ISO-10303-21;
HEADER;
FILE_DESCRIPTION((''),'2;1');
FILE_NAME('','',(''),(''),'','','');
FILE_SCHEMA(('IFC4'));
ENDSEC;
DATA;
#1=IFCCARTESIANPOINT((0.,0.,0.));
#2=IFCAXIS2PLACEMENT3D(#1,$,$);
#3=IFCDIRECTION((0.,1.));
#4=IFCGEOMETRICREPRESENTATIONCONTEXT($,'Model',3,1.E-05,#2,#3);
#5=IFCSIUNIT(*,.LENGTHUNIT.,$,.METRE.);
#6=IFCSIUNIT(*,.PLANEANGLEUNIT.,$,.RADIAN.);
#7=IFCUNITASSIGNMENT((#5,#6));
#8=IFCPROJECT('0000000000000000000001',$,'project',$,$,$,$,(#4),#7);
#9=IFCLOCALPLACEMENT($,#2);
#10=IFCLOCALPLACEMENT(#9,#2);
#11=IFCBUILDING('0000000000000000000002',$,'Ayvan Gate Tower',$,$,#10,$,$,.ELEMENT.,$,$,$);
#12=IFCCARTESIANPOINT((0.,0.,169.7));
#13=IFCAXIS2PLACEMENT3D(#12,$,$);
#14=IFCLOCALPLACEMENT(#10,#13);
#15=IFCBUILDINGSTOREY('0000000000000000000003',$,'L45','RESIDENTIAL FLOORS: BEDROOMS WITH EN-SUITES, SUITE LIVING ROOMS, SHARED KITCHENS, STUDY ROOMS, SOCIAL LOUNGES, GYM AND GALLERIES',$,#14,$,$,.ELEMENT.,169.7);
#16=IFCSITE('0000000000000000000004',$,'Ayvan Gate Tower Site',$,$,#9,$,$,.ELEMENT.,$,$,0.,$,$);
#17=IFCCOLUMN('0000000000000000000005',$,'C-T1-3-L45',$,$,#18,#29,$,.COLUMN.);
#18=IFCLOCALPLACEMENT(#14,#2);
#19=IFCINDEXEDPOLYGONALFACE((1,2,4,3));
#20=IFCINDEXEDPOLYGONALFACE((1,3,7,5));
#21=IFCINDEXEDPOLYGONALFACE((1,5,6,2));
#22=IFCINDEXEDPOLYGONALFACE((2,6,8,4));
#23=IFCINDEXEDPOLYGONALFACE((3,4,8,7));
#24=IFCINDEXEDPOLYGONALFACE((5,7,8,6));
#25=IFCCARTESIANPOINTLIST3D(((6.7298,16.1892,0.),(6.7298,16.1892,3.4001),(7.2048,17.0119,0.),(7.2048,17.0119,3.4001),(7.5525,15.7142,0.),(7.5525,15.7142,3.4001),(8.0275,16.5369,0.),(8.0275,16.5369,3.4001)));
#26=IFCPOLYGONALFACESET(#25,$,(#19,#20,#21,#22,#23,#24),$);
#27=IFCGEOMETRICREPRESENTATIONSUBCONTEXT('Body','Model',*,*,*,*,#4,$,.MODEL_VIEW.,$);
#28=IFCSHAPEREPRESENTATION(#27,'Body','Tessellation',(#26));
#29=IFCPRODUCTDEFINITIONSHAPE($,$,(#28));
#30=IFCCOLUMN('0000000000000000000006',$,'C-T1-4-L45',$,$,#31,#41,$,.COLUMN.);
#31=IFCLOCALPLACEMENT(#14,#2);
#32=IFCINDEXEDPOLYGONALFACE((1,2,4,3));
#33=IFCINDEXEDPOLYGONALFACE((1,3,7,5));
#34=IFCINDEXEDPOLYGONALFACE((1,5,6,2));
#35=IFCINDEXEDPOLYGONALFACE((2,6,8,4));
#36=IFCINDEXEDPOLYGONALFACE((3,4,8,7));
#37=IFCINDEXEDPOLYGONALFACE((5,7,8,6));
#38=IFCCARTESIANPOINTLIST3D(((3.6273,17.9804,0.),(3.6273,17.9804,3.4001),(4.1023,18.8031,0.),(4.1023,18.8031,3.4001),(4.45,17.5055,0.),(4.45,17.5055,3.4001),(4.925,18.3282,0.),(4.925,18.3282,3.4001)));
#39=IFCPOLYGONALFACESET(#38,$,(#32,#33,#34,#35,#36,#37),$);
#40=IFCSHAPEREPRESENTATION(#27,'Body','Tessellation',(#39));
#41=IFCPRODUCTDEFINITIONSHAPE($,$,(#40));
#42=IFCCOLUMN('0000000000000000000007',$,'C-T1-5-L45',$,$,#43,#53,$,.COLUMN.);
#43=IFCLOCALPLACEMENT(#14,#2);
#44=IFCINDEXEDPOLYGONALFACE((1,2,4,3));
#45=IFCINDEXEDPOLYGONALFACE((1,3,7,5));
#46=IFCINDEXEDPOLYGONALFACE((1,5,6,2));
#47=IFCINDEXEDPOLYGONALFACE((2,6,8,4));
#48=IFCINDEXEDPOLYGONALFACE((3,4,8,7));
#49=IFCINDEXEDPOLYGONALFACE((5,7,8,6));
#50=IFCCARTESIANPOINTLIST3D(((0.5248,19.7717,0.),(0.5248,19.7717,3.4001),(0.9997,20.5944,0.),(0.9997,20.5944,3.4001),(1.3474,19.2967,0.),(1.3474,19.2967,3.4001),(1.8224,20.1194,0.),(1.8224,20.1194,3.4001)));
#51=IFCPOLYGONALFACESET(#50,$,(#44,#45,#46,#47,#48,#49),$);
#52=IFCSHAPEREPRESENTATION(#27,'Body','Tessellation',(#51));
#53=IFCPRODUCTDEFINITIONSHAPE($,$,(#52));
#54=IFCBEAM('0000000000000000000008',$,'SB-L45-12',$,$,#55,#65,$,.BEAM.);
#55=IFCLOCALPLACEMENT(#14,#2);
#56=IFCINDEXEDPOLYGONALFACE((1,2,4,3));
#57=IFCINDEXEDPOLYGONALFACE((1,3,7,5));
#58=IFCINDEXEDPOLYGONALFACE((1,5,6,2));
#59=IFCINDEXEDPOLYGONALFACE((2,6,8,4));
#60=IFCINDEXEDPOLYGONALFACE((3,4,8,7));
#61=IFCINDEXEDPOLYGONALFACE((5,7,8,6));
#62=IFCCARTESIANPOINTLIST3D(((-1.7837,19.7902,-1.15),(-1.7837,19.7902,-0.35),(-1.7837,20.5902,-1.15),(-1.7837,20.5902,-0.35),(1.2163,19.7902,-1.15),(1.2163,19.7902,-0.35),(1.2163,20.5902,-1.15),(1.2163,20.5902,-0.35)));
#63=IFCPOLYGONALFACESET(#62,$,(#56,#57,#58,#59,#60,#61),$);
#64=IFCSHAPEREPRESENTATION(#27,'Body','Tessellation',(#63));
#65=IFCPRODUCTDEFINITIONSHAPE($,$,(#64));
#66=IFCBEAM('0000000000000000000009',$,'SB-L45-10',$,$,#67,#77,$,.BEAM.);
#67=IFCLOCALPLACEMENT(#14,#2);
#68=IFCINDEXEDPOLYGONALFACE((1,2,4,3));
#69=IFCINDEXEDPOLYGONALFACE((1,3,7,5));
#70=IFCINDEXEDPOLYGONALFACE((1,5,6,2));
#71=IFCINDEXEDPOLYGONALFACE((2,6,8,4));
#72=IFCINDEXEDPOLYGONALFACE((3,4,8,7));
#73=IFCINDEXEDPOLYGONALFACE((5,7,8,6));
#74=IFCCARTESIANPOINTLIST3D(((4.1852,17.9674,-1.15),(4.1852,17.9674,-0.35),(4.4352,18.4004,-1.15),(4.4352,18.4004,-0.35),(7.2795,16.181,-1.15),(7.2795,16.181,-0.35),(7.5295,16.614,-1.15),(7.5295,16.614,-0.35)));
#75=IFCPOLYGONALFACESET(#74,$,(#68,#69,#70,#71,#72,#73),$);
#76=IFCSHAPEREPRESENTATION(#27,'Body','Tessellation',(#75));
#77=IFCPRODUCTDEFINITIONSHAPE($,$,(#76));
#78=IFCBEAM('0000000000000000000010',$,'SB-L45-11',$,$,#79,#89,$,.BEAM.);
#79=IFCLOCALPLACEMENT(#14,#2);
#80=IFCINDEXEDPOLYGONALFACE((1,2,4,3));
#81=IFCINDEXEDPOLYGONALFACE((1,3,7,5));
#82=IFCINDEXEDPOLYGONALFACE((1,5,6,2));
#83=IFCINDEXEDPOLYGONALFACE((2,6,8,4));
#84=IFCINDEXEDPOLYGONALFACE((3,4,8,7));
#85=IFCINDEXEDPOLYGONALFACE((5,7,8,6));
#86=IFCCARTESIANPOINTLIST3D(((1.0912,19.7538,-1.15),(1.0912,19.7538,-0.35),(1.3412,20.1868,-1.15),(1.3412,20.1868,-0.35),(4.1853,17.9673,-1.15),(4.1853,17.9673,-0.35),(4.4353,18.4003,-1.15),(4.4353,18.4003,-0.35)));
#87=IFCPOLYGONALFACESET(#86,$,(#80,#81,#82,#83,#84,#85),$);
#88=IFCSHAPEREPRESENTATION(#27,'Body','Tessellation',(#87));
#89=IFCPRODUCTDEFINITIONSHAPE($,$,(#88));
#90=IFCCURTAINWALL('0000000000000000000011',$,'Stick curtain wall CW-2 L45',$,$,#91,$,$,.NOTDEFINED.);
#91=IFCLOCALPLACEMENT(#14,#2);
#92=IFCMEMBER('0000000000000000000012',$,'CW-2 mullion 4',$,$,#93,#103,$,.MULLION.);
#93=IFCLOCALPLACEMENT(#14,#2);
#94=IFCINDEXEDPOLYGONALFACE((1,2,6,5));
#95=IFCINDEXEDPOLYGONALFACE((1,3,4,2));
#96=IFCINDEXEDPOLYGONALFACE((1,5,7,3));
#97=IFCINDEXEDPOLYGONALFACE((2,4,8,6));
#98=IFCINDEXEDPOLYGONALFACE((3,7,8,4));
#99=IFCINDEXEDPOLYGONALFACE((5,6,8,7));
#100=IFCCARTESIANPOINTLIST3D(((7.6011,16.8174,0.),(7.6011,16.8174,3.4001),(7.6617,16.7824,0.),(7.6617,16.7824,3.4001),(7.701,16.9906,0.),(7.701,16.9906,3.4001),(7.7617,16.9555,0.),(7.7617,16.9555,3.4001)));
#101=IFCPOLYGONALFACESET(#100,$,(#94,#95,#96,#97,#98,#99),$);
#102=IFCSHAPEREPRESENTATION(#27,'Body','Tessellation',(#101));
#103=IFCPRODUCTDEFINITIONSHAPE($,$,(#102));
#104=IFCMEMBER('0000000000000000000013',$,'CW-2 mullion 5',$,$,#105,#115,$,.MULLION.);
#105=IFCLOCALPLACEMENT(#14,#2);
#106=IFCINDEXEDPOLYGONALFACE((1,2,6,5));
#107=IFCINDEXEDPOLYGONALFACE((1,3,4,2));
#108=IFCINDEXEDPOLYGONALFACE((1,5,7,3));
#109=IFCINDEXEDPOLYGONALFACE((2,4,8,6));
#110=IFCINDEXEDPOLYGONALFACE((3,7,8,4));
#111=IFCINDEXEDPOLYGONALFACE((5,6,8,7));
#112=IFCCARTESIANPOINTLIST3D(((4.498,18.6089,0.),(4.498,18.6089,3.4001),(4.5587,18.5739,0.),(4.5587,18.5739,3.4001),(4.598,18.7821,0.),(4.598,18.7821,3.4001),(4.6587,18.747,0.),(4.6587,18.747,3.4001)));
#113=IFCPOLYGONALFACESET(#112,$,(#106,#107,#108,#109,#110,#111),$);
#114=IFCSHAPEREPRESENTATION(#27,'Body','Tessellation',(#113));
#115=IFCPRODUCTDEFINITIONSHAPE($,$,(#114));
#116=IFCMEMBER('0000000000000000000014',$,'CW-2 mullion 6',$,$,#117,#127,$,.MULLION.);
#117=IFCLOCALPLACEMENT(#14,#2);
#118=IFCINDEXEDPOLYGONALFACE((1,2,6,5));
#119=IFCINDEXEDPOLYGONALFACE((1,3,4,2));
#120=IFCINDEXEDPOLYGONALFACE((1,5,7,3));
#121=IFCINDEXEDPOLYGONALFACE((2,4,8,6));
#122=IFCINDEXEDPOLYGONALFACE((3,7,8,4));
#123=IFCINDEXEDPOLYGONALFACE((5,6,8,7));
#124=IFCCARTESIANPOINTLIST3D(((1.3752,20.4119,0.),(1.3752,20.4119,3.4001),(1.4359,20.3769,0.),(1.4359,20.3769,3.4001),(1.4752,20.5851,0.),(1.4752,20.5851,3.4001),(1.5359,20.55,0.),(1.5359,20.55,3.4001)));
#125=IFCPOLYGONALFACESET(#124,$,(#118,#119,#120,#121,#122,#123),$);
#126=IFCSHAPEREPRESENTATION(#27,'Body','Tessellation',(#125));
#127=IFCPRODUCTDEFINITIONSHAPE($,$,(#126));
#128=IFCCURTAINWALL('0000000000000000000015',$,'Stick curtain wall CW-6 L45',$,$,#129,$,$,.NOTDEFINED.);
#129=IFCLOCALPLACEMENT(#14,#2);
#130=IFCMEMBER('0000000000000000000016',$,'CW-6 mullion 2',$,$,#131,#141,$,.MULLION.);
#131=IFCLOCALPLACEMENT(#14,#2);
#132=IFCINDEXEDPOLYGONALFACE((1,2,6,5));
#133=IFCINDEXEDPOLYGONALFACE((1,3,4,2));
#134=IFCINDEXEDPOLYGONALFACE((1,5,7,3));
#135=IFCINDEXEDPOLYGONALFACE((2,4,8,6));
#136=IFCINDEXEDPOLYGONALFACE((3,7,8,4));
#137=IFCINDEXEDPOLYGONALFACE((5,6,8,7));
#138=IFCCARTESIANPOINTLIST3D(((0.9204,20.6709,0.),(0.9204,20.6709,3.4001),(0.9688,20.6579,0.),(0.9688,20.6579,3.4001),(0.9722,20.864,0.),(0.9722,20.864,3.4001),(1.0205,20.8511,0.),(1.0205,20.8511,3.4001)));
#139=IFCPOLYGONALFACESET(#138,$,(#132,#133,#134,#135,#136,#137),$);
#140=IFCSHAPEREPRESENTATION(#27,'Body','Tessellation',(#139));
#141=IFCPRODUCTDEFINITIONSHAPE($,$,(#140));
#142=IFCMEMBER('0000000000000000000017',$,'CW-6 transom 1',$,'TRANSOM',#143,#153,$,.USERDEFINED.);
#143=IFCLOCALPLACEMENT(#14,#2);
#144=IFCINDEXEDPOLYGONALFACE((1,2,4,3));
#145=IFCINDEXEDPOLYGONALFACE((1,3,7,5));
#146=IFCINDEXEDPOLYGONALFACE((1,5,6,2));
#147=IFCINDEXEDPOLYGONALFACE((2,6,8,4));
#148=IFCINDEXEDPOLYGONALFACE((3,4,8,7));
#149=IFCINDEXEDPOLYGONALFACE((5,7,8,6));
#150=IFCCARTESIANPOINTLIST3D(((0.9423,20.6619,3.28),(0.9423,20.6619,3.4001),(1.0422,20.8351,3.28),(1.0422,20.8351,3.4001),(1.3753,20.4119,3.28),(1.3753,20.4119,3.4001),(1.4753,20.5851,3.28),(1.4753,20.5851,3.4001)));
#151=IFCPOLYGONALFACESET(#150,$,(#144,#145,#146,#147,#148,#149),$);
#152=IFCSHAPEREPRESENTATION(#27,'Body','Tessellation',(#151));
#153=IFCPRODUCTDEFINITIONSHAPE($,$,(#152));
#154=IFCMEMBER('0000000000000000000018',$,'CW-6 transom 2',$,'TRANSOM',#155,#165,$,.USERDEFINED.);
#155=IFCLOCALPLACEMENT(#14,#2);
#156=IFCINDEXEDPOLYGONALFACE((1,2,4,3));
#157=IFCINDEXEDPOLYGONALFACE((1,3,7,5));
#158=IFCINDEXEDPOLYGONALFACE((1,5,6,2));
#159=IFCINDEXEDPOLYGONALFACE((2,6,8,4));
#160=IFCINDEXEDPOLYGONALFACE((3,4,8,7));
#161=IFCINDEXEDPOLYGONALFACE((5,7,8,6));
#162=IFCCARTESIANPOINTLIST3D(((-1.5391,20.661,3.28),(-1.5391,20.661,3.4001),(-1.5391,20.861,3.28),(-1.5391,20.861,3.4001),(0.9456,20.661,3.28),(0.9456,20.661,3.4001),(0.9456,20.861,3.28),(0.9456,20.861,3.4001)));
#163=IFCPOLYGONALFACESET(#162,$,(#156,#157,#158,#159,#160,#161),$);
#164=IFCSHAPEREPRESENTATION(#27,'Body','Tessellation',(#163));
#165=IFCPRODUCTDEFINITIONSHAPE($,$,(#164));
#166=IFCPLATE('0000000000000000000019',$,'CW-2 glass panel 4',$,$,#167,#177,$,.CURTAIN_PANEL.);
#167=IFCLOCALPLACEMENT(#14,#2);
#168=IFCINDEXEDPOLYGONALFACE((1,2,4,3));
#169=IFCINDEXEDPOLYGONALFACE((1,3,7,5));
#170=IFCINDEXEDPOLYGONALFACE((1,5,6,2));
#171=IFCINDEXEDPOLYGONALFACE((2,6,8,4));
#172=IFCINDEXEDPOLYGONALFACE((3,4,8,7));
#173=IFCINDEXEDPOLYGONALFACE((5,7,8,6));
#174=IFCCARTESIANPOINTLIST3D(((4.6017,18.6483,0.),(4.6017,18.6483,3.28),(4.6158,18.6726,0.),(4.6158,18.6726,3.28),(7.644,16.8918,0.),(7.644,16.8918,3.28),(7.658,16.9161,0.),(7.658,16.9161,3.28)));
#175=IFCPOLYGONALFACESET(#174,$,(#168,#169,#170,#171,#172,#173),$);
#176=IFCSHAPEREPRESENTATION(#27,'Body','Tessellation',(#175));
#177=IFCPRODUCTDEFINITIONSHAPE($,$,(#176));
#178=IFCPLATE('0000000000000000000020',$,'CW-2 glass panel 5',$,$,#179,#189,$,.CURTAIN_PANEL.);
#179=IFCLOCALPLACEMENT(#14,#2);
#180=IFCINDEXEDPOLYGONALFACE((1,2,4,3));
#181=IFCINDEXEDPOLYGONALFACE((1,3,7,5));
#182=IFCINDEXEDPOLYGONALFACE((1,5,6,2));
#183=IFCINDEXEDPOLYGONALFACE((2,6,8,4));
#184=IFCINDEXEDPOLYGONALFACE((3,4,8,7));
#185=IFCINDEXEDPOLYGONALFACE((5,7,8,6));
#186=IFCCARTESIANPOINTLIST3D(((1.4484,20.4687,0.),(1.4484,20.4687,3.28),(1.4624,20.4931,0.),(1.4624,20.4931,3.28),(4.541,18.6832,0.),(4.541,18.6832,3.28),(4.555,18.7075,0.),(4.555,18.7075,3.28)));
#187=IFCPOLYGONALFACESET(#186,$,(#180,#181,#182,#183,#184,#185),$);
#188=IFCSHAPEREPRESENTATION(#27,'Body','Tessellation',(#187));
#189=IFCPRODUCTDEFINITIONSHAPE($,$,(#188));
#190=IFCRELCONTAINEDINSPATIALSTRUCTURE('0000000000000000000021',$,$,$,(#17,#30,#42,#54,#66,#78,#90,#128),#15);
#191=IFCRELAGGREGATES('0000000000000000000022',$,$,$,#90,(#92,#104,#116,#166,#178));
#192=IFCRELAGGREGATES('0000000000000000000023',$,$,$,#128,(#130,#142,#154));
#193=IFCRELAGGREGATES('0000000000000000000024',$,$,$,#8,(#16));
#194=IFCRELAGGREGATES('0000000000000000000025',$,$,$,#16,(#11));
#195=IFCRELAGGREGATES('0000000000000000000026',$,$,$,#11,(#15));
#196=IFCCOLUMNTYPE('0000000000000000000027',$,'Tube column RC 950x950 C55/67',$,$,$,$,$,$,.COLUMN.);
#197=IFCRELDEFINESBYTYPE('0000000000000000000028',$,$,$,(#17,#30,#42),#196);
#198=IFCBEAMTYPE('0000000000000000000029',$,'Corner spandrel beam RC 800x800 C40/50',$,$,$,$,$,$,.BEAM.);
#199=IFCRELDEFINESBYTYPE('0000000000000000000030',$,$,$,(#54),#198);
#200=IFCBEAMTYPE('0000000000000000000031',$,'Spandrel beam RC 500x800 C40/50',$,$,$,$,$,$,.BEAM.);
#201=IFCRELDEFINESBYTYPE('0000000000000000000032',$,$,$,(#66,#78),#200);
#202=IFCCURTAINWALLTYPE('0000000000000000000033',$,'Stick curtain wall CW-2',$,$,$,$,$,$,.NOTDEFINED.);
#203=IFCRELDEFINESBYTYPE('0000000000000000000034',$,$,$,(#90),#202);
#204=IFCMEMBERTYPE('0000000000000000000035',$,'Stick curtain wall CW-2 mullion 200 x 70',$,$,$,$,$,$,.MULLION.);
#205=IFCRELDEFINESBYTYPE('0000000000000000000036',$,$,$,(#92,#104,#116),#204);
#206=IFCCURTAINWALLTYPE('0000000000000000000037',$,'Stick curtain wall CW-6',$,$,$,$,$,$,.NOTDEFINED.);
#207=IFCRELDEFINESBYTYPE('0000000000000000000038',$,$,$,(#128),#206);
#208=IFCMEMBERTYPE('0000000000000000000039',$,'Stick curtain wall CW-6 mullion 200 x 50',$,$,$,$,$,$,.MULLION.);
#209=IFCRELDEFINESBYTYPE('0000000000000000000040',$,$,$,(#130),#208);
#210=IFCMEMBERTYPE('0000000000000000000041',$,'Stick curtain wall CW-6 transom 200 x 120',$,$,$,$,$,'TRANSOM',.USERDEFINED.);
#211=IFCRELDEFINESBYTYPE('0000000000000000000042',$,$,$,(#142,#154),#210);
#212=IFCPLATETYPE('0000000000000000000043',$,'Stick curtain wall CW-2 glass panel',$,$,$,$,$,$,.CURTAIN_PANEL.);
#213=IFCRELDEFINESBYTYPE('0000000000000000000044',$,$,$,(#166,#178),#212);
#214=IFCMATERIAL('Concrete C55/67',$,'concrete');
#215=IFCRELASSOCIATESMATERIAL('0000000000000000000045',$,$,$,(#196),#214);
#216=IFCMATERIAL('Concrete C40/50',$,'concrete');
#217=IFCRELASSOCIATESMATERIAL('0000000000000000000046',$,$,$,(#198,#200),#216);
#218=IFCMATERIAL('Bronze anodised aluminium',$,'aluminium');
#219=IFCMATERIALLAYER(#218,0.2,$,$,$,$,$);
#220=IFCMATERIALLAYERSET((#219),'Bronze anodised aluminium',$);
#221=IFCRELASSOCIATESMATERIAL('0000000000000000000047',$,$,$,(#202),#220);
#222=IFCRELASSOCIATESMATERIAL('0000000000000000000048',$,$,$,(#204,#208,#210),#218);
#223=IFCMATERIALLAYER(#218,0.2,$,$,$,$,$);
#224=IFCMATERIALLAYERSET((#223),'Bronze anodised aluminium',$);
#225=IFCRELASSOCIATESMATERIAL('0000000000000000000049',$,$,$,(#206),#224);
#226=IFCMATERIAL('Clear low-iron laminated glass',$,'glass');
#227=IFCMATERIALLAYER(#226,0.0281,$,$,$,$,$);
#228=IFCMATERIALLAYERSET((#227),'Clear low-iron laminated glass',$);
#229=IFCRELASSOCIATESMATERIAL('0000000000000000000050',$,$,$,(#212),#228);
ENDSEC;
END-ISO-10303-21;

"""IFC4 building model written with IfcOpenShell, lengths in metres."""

from ifc_helpers import new_model, si_unit, direction, frame, origin, origin_2d, place, context, subcontext, project, spatial, rectangle, extrude, material, layer, layer_set, material_profile, profile_set, type_object, element, aggregate, save


model = new_model("IFC4")

# Units and contexts
model_context = context("Model", 3, precision=1e-05, world=origin(), true_north=direction((0.0, 1.0)))
body_context = subcontext(model_context, "Body", "Model", "MODEL_VIEW")
ifc_project = project(units=[si_unit("LENGTHUNIT", "METRE"), si_unit("PLANEANGLEUNIT", "RADIAN")], contexts=[model_context])

# Site, building, storey
site_placement = place(None, origin())
site = spatial("IfcSite", under=ifc_project, at=site_placement, Name="Ayvan Gate Tower Site", CompositionType="ELEMENT", RefElevation=0.0)
building_placement = place(site_placement, origin())
building = spatial("IfcBuilding", under=site, at=building_placement, Name="Ayvan Gate Tower", CompositionType="ELEMENT")
storey_placement = place(building_placement, frame((0.0, 0.0, 169.7)))
storey = spatial("IfcBuildingStorey", under=building, at=storey_placement, Name="L45", Description="RESIDENTIAL FLOORS: BEDROOMS WITH EN-SUITES, SUITE LIVING ROOMS, SHARED KITCHENS, STUDY ROOMS, SOCIAL LOUNGES, GYM AND GALLERIES", CompositionType="ELEMENT", Elevation=169.7)

# Columns
ifc_material_1 = material(Name="Concrete C55/67", Category="concrete")
ifc_material_profile_1 = material_profile(ifc_material_1, rectangle(XDim=0.95, YDim=0.95, at=origin_2d()), Name="RC 950x950")
ifc_profile_set_1 = profile_set([ifc_material_profile_1], Name="Concrete C55/67")
column_type = type_object("IfcColumnType", Name="Tube column RC 950x950 C55/67", PredefinedType="COLUMN", material=ifc_profile_set_1)
for number, where, z_axis, x_axis, name in (
    (1, (7.3787, 16.363, 0.0), (0.0, 0.0, 1.0), (0.5, 0.866025, 0.0), "C-T1-3-L45"),
    (2, (4.2761, 18.1543, 0.0), (0.0, 0.0, 1.0), (0.5, 0.866025, 0.0), "C-T1-4-L45"),
    (3, (1.1736, 19.9456, 0.0), (0.0, 0.0, 1.0), (0.5, 0.866025, 0.0), "C-T1-5-L45"),
):
    element("IfcColumn", number, at=place(storey_placement, frame(where, z_axis=z_axis, x_axis=x_axis)), inside=storey, type_object=column_type, Name=name, PredefinedType="COLUMN", context=body_context, shape_type="SweptSolid", body=[
        extrude(rectangle(XDim=0.95, YDim=0.95, at=origin_2d()), origin(), (0.0, 0.0, 1.0), 3.4001),
    ])

# Beams
ifc_material_2 = material(Name="Concrete C40/50", Category="concrete")
ifc_material_profile_2 = material_profile(ifc_material_2, rectangle(XDim=0.8, YDim=0.8, at=origin_2d()), Name="RC 800x800")
ifc_profile_set_2 = profile_set([ifc_material_profile_2], Name="Concrete C40/50")
beam_type_1 = type_object("IfcBeamType", Name="Corner spandrel beam RC 800x800 C40/50", PredefinedType="BEAM", material=ifc_profile_set_2)
beam_1_placement = place(storey_placement, frame((1.2163, 20.1902, -0.75), z_axis=(-1.0, 0.0, 0.0), x_axis=(0.0, -1.0, 0.0)))
element("IfcBeam", 4, at=beam_1_placement, inside=storey, type_object=beam_type_1, Name="SB-L45-12", PredefinedType="BEAM", context=body_context, shape_type="SweptSolid", body=[
    extrude(rectangle(XDim=0.8, YDim=0.8, at=origin_2d()), origin(), (0.0, 0.0, 1.0), 3.0),
])
ifc_material_profile_3 = material_profile(ifc_material_2, rectangle(XDim=0.5, YDim=0.8, at=origin_2d()), Name="RC 500x800")
ifc_profile_set_3 = profile_set([ifc_material_profile_3], Name="Concrete C40/50")
beam_type_2 = type_object("IfcBeamType", Name="Spandrel beam RC 500x800 C40/50", PredefinedType="BEAM", material=ifc_profile_set_3)
beam_2_placement = place(storey_placement, frame((7.4045, 16.3975, -0.75), z_axis=(-0.866035, 0.499983, 0.0), x_axis=(-0.499983, -0.866035, 0.0)))
element("IfcBeam", 5, at=beam_2_placement, inside=storey, type_object=beam_type_2, Name="SB-L45-10", PredefinedType="BEAM", context=body_context, shape_type="SweptSolid", body=[
    extrude(rectangle(XDim=0.5, YDim=0.8, at=origin_2d()), origin(), (0.0, 0.0, 1.0), 3.573),
])
beam_3_placement = place(storey_placement, frame((4.3103, 18.1838, -0.75), z_axis=(-0.866018, 0.500012, 0.0), x_axis=(-0.500012, -0.866018, 0.0)))
element("IfcBeam", 6, at=beam_3_placement, inside=storey, type_object=beam_type_2, Name="SB-L45-11", PredefinedType="BEAM", context=body_context, shape_type="SweptSolid", body=[
    extrude(rectangle(XDim=0.5, YDim=0.8, at=origin_2d()), origin(), (0.0, 0.0, 1.0), 3.5728),
])

# Curtain walls, members
ifc_material_3 = material(Name="Bronze anodised aluminium", Category="aluminium")
ifc_layer_1 = layer(ifc_material_3, 0.2)
ifc_layer_set_1 = layer_set([ifc_layer_1], Name="Bronze anodised aluminium")
curtain_wall_type_1 = type_object("IfcCurtainWallType", Name="Stick curtain wall CW-2", PredefinedType="NOTDEFINED", material=ifc_layer_set_1)
curtain_wall_1_placement = place(storey_placement, origin())
curtain_wall_1 = element("IfcCurtainWall", 7, at=curtain_wall_1_placement, inside=storey, type_object=curtain_wall_type_1, Name="Stick curtain wall CW-2 L45", PredefinedType="NOTDEFINED")
ifc_material_profile_4 = material_profile(ifc_material_3, rectangle(XDim=0.2, YDim=0.0701, at=origin_2d()), Name="Stick curtain wall CW-2 mullion 200 x 70")
ifc_profile_set_4 = profile_set([ifc_material_profile_4], Name="Bronze anodised aluminium")
member_type_1 = type_object("IfcMemberType", Name="Stick curtain wall CW-2 mullion 200 x 70", PredefinedType="MULLION", material=ifc_profile_set_4)
member_1_placement = place(storey_placement, frame((7.6814, 16.8865, 0.0), z_axis=(0.0, 0.0, 1.0), x_axis=(0.5, 0.866025, 0.0)))
member_1 = element("IfcMember", 8, at=member_1_placement, type_object=member_type_1, Name="CW-2 mullion 4", PredefinedType="MULLION", context=body_context, shape_type="SweptSolid", body=[
    extrude(rectangle(XDim=0.2, YDim=0.0701, at=origin_2d()), origin(), (0.0, 0.0, 1.0), 3.4001),
])
member_2_placement = place(storey_placement, frame((4.5784, 18.678, 0.0), z_axis=(0.0, 0.0, 1.0), x_axis=(0.5, 0.866025, 0.0)))
member_2 = element("IfcMember", 9, at=member_2_placement, type_object=member_type_1, Name="CW-2 mullion 5", PredefinedType="MULLION", context=body_context, shape_type="SweptSolid", body=[
    extrude(rectangle(XDim=0.2, YDim=0.0701, at=origin_2d()), origin(), (0.0, 0.0, 1.0), 3.4001),
])
member_3_placement = place(storey_placement, frame((1.4556, 20.481, 0.0), z_axis=(0.0, 0.0, 1.0), x_axis=(0.5, 0.866025, 0.0)))
member_3 = element("IfcMember", 10, at=member_3_placement, type_object=member_type_1, Name="CW-2 mullion 6", PredefinedType="MULLION", context=body_context, shape_type="SweptSolid", body=[
    extrude(rectangle(XDim=0.2, YDim=0.0701, at=origin_2d()), origin(), (0.0, 0.0, 1.0), 3.4001),
])
ifc_layer_2 = layer(ifc_material_3, 0.2)
ifc_layer_set_2 = layer_set([ifc_layer_2], Name="Bronze anodised aluminium")
curtain_wall_type_2 = type_object("IfcCurtainWallType", Name="Stick curtain wall CW-6", PredefinedType="NOTDEFINED", material=ifc_layer_set_2)
curtain_wall_2_placement = place(storey_placement, origin())
curtain_wall_2 = element("IfcCurtainWall", 11, at=curtain_wall_2_placement, inside=storey, type_object=curtain_wall_type_2, Name="Stick curtain wall CW-6 L45", PredefinedType="NOTDEFINED")
ifc_material_profile_5 = material_profile(ifc_material_3, rectangle(XDim=0.2, YDim=0.05, at=origin_2d()), Name="Stick curtain wall CW-6 mullion 200 x 50")
ifc_profile_set_5 = profile_set([ifc_material_profile_5], Name="Bronze anodised aluminium")
member_type_2 = type_object("IfcMemberType", Name="Stick curtain wall CW-6 mullion 200 x 50", PredefinedType="MULLION", material=ifc_profile_set_5)
member_4_placement = place(storey_placement, frame((0.9705, 20.761, 0.0), z_axis=(0.0, 0.0, 1.0), x_axis=(0.258819, 0.965926, 0.0)))
member_4 = element("IfcMember", 12, at=member_4_placement, type_object=member_type_2, Name="CW-6 mullion 2", PredefinedType="MULLION", context=body_context, shape_type="SweptSolid", body=[
    extrude(rectangle(XDim=0.2, YDim=0.05, at=origin_2d()), origin(), (0.0, 0.0, 1.0), 3.4001),
])
ifc_material_profile_6 = material_profile(ifc_material_3, rectangle(XDim=0.2, YDim=0.1201, at=origin_2d()), Name="Stick curtain wall CW-6 transom 200 x 120")
ifc_profile_set_6 = profile_set([ifc_material_profile_6], Name="Bronze anodised aluminium")
member_type_3 = type_object("IfcMemberType", Name="Stick curtain wall CW-6 transom 200 x 120", ElementType="TRANSOM", PredefinedType="USERDEFINED", material=ifc_profile_set_6)
member_5_placement = place(storey_placement, frame((1.4253, 20.4985, 3.3401), z_axis=(-0.866072, 0.49992, 0.0), x_axis=(-0.49992, -0.866072, 0.0)))
member_5 = element("IfcMember", 13, at=member_5_placement, type_object=member_type_3, Name="CW-6 transom 1", ObjectType="TRANSOM", PredefinedType="USERDEFINED", context=body_context, shape_type="SweptSolid", body=[
    extrude(rectangle(XDim=0.2, YDim=0.1201, at=origin_2d()), origin(), (0.0, 0.0, 1.0), 0.5),
])
member_6_placement = place(storey_placement, frame((0.9456, 20.761, 3.3401), z_axis=(-1.0, 0.0, 0.0), x_axis=(0.0, -1.0, 0.0)))
member_6 = element("IfcMember", 14, at=member_6_placement, type_object=member_type_3, Name="CW-6 transom 2", ObjectType="TRANSOM", PredefinedType="USERDEFINED", context=body_context, shape_type="SweptSolid", body=[
    extrude(rectangle(XDim=0.2, YDim=0.1201, at=origin_2d()), origin(), (0.0, 0.0, 1.0), 2.4846),
])

# Plates
ifc_material_4 = material(Name="Clear low-iron laminated glass", Category="glass")
ifc_layer_3 = layer(ifc_material_4, 0.0281)
ifc_layer_set_3 = layer_set([ifc_layer_3], Name="Clear low-iron laminated glass")
plate_type_1 = type_object("IfcPlateType", Name="Stick curtain wall CW-2 glass panel", PredefinedType="CURTAIN_PANEL", material=ifc_layer_set_3)
plate_1_placement = place(storey_placement, frame((6.1299, 17.7822, 0.0), z_axis=(0.0, 0.0, 1.0), x_axis=(-0.866025, 0.5, 0.0)))
plate_1 = element("IfcPlate", 15, at=plate_1_placement, type_object=plate_type_1, Name="CW-2 glass panel 4", PredefinedType="CURTAIN_PANEL", context=body_context, shape_type="SweptSolid", body=[
    extrude(rectangle(XDim=3.5129, YDim=0.0281, at=origin_2d()), origin(), (0.0, 0.0, 1.0), 3.28),
])
plate_2_placement = place(storey_placement, frame((3.0017, 19.5881, 0.0), z_axis=(0.0, 0.0, 1.0), x_axis=(-0.866025, 0.5, 0.0)))
plate_2 = element("IfcPlate", 16, at=plate_2_placement, type_object=plate_type_1, Name="CW-2 glass panel 5", PredefinedType="CURTAIN_PANEL", context=body_context, shape_type="SweptSolid", body=[
    extrude(rectangle(XDim=3.571, YDim=0.0281, at=origin_2d()), origin(), (0.0, 0.0, 1.0), 3.28),
])
aggregate(curtain_wall_1, [member_1, member_2, member_3, plate_1, plate_2])
aggregate(curtain_wall_2, [member_4, member_5, member_6])

save(model, "model.ifc")
